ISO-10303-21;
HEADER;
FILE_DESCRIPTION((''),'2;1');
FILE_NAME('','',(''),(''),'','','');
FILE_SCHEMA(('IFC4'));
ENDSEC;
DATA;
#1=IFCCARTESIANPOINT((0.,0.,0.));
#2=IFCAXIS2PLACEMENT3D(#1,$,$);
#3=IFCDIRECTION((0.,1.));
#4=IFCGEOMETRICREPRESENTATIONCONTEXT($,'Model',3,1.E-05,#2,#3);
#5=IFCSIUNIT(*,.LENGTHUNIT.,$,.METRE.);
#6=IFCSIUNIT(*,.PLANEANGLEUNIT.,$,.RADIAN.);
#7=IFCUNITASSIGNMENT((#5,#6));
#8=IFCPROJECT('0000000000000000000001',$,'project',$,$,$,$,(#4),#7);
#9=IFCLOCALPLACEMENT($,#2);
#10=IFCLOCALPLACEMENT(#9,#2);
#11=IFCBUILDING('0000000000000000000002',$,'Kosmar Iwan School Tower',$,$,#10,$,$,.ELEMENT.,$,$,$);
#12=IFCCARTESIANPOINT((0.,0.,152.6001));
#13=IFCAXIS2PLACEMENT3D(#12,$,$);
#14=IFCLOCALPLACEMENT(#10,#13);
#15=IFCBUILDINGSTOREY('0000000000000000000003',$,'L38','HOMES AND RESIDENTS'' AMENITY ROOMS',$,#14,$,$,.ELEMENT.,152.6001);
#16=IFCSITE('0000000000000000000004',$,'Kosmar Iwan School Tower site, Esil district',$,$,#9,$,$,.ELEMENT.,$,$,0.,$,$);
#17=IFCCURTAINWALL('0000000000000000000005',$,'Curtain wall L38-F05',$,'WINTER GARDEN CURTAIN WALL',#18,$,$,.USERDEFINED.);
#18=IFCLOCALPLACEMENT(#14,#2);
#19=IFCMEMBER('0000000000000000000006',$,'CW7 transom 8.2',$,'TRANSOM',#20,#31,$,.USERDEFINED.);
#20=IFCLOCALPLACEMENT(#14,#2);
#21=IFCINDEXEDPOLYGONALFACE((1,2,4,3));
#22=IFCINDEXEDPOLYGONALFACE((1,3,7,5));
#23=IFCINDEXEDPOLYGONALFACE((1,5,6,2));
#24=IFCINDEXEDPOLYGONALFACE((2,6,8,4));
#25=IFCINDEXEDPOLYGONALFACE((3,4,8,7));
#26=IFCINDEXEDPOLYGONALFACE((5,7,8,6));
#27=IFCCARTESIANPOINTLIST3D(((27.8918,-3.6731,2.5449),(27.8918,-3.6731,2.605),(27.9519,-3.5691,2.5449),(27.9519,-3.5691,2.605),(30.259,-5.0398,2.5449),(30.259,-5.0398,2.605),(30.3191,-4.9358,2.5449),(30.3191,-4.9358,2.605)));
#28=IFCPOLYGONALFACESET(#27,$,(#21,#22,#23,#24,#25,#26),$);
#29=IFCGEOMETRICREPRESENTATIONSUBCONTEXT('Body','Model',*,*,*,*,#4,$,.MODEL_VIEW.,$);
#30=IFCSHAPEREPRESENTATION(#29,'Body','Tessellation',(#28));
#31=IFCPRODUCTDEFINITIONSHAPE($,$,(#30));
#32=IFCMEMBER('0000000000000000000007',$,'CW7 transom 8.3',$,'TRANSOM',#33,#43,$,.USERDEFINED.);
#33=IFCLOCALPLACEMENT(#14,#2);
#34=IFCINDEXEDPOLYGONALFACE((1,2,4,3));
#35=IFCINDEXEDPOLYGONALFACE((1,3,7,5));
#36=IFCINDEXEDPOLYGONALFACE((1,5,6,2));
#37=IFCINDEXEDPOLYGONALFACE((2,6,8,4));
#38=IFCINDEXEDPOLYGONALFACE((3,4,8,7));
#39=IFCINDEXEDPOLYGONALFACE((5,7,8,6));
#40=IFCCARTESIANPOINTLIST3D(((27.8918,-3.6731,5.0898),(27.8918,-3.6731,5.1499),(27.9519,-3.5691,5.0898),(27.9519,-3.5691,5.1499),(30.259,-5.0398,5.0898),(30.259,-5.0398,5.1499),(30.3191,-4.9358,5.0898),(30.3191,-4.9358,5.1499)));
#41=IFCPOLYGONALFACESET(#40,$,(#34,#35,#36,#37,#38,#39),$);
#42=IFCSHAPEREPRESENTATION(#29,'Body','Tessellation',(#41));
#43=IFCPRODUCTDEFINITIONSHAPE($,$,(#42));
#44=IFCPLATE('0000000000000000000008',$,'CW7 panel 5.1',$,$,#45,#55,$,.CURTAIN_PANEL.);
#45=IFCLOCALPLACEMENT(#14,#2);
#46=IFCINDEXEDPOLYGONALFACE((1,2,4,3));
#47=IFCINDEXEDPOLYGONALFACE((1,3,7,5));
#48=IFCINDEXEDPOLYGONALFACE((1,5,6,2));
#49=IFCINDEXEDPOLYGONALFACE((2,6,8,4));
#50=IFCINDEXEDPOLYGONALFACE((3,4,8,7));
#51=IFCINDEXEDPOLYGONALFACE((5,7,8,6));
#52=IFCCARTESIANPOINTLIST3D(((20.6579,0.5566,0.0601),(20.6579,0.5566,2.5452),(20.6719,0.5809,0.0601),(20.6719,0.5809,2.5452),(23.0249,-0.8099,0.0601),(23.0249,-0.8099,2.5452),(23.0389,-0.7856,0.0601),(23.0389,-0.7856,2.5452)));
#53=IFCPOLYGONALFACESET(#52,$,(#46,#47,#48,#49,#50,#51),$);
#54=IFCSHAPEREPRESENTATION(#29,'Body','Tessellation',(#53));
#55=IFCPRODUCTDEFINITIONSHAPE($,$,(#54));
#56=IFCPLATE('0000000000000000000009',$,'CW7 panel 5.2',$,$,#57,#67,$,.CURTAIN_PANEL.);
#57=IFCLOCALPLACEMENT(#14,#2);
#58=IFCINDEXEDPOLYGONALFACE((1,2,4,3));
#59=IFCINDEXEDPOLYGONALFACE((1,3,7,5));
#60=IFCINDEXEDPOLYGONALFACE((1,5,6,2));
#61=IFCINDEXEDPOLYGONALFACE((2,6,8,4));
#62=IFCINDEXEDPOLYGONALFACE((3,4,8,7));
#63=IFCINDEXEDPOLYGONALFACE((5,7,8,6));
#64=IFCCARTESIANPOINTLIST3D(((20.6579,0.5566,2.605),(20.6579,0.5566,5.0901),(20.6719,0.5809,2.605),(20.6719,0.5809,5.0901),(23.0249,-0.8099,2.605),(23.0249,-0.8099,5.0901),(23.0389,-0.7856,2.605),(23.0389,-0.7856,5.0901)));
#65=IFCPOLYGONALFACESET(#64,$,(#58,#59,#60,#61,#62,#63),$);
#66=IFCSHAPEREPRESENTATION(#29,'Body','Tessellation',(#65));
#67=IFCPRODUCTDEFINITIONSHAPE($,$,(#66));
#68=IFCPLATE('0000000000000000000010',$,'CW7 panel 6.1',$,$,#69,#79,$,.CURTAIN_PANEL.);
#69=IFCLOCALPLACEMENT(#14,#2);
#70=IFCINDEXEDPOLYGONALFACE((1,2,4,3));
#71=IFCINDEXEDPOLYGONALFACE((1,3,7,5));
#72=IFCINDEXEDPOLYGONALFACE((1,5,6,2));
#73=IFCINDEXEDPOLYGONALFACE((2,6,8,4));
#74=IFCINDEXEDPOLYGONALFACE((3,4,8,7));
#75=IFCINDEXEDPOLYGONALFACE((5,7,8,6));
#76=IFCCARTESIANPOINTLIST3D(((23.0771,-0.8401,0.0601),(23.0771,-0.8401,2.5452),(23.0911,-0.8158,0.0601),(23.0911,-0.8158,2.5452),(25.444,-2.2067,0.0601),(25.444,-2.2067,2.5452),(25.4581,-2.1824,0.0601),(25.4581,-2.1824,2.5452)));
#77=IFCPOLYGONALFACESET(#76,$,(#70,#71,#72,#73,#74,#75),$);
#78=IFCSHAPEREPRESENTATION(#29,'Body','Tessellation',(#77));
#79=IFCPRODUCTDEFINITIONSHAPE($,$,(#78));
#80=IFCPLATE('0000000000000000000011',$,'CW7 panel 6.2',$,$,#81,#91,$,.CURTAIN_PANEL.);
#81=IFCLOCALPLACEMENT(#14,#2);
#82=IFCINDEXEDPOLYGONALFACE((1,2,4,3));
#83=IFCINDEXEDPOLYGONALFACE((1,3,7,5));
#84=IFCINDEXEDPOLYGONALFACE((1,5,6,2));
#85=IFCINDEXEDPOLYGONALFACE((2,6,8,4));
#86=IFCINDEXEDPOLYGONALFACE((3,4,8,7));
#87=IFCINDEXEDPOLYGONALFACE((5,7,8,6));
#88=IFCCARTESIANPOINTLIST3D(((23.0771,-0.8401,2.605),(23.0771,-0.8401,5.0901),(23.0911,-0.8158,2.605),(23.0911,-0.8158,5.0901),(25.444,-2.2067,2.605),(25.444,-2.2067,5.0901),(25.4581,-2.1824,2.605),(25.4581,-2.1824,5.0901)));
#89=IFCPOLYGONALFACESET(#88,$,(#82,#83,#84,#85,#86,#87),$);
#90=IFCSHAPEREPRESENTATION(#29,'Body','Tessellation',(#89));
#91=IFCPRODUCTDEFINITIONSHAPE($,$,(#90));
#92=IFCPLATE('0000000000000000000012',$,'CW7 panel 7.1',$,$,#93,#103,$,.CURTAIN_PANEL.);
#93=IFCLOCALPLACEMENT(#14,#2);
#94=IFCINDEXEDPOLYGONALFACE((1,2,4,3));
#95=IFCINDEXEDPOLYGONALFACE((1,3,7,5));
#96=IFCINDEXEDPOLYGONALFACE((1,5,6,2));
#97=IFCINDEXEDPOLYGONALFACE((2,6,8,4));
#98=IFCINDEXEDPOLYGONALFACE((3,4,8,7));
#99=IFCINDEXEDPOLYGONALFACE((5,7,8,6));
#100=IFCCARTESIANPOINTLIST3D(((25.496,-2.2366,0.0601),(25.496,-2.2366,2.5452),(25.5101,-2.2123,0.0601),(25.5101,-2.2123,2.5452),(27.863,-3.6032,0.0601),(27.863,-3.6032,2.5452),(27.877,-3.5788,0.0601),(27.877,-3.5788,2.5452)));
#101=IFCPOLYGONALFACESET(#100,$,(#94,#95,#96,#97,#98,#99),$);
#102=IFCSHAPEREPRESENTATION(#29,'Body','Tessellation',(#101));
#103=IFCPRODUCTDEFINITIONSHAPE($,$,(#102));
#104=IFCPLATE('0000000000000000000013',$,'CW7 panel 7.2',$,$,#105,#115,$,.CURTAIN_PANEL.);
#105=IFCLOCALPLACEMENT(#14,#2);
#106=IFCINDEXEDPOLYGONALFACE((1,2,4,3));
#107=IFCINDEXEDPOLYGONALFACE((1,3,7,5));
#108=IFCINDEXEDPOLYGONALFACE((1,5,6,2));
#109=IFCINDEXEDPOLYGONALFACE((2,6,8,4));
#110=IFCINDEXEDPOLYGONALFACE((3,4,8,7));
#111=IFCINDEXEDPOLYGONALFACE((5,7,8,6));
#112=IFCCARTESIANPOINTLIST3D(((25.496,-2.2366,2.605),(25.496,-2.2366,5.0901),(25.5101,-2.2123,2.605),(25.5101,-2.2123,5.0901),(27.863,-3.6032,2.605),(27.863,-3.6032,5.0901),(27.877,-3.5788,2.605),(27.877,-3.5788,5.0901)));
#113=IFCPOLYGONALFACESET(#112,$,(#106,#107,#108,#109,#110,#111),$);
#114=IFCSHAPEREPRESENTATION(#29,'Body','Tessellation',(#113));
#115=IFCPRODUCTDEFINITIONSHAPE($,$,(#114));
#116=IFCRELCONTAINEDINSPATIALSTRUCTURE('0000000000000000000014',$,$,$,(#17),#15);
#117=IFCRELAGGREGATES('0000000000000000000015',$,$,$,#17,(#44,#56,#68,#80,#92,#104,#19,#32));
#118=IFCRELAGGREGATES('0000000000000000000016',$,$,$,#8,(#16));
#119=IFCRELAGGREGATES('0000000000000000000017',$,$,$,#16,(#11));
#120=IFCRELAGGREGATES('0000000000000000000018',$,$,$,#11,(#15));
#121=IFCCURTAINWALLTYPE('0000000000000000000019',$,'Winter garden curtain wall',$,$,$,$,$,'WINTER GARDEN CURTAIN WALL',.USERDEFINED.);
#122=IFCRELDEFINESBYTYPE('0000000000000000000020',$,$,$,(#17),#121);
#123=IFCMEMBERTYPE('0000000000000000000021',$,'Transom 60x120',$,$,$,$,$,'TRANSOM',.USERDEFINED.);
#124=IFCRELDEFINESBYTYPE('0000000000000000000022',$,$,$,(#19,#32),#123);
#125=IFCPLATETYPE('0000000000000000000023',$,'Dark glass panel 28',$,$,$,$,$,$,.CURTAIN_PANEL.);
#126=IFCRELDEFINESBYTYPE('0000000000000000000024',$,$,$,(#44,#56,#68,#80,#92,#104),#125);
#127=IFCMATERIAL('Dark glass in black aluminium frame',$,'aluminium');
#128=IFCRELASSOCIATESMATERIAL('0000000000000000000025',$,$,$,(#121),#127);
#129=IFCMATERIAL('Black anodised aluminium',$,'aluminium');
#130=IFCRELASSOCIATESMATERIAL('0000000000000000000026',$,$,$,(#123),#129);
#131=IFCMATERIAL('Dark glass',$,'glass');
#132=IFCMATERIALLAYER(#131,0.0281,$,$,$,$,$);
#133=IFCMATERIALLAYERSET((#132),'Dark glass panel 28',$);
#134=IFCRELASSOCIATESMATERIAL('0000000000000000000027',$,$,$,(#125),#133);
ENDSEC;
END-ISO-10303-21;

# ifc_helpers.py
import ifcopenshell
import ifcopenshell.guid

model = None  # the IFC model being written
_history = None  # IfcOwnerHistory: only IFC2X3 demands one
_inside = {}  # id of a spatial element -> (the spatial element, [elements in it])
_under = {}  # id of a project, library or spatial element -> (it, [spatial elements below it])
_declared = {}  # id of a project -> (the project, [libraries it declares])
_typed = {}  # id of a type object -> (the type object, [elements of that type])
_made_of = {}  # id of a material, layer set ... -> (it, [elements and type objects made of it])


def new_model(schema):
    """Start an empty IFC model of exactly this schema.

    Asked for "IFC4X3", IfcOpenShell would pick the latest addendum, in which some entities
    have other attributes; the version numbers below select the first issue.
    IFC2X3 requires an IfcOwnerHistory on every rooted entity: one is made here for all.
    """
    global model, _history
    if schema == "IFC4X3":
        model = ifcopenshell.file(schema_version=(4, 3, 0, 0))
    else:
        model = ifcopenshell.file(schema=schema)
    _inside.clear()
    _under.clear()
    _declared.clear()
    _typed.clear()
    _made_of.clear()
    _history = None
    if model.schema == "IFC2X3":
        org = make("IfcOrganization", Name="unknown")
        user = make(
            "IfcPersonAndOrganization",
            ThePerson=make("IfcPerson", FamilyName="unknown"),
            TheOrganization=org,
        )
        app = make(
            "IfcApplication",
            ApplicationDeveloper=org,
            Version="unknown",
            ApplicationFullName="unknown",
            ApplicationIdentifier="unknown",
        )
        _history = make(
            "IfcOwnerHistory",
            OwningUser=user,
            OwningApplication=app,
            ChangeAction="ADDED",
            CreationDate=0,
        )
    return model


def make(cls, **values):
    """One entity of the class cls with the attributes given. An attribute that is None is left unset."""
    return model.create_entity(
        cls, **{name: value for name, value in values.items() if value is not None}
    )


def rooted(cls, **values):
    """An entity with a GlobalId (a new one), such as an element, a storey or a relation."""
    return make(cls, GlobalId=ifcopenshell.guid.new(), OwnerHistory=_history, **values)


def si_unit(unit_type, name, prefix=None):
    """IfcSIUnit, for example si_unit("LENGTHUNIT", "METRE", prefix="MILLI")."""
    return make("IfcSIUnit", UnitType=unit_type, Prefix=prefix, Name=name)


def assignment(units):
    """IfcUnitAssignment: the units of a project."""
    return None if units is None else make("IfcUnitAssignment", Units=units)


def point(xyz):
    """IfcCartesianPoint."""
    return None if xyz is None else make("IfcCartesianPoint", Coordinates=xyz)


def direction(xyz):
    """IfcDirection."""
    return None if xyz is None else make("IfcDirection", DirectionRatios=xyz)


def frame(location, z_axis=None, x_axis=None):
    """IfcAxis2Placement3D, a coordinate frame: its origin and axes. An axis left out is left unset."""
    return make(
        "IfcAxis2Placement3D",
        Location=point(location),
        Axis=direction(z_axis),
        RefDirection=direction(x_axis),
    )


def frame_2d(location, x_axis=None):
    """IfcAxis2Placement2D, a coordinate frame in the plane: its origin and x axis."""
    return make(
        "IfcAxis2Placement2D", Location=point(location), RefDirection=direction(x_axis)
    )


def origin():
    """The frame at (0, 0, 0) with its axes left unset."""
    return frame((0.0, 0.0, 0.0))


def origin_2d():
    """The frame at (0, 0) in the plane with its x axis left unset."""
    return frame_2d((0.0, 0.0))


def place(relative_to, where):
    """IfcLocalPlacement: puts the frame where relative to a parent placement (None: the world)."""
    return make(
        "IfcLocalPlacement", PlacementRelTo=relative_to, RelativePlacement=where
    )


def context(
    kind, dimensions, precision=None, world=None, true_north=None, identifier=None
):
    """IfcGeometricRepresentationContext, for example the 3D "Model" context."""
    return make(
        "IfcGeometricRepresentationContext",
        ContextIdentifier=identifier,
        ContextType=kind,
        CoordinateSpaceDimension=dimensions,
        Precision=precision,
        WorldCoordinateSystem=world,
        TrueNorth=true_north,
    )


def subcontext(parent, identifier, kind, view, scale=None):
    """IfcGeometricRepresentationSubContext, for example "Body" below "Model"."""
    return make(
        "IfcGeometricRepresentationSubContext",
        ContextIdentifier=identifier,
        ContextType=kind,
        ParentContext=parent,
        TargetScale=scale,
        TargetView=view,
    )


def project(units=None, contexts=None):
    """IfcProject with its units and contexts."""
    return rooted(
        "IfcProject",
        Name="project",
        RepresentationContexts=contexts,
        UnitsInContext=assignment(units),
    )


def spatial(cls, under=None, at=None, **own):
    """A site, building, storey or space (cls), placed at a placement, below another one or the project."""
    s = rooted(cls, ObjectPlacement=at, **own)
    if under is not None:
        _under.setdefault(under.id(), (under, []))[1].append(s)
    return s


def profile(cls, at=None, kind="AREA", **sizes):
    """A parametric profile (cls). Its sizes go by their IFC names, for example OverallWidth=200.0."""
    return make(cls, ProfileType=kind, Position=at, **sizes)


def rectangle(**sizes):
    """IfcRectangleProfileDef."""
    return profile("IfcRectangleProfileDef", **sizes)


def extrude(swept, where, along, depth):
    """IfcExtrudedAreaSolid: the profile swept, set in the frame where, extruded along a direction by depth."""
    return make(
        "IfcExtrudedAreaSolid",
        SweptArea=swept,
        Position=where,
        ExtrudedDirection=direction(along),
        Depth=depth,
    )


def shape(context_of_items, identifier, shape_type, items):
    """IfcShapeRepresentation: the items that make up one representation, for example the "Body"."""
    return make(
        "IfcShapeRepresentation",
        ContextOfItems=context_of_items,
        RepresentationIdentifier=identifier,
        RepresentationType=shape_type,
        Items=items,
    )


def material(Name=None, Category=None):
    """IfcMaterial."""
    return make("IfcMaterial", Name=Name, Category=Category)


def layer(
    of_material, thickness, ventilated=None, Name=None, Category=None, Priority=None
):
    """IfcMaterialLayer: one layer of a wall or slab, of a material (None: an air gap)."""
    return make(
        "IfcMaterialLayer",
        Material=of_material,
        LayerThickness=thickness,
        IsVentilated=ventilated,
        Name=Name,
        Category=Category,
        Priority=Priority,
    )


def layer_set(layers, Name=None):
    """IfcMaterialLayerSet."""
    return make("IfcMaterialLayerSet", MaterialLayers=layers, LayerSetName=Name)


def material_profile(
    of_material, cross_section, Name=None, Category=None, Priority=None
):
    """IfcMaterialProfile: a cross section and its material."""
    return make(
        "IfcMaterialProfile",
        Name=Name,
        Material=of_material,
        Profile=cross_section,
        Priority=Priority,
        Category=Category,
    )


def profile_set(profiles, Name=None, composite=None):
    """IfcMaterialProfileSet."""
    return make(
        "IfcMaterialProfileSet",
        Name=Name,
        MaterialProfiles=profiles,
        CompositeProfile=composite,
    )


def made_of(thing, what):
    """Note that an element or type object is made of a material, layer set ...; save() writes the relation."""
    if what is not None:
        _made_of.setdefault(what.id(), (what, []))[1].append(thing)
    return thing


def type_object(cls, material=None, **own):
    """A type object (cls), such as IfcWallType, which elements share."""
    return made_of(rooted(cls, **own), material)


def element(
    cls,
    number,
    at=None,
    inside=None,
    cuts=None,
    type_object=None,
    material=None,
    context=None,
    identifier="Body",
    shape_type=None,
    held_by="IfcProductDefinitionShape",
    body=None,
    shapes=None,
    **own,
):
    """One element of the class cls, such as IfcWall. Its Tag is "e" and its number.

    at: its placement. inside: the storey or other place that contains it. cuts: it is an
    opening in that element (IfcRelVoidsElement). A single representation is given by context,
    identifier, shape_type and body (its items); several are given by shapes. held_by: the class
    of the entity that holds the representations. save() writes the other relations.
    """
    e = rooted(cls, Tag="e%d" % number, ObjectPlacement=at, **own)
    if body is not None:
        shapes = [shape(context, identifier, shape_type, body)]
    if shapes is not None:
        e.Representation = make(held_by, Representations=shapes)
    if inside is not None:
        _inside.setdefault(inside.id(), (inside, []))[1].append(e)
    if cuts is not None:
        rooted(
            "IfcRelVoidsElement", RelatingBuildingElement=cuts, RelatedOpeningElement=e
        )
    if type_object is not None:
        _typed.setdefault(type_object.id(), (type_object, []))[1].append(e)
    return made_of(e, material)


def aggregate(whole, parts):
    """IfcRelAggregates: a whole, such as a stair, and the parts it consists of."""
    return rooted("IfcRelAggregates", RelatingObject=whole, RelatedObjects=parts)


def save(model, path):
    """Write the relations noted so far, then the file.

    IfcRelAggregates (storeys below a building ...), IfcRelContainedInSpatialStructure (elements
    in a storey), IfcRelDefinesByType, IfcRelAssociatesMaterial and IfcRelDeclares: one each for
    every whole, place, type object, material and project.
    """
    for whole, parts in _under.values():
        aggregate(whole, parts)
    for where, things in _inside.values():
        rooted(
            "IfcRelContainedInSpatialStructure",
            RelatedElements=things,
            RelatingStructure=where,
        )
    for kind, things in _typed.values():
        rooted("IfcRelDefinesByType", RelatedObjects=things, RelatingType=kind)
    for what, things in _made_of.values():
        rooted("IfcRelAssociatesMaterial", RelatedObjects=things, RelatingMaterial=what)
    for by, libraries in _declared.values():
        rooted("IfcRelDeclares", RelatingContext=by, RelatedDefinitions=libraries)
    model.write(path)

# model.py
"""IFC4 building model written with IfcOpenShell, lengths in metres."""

from ifc_helpers import new_model, si_unit, direction, frame, origin, origin_2d, place, context, subcontext, project, spatial, rectangle, extrude, material, layer, layer_set, material_profile, profile_set, type_object, element, aggregate, save


model = new_model("IFC4")

# Units and contexts
model_context = context("Model", 3, precision=1e-05, world=origin(), true_north=direction((0.0, 1.0)))
body_context = subcontext(model_context, "Body", "Model", "MODEL_VIEW")
ifc_project = project(units=[si_unit("LENGTHUNIT", "METRE"), si_unit("PLANEANGLEUNIT", "RADIAN")], contexts=[model_context])

# Site, building, storey
site_placement = place(None, origin())
site = spatial("IfcSite", under=ifc_project, at=site_placement, Name="Kosmar Iwan School Tower site, Esil district", CompositionType="ELEMENT", RefElevation=0.0)
building_placement = place(site_placement, origin())
building = spatial("IfcBuilding", under=site, at=building_placement, Name="Kosmar Iwan School Tower", CompositionType="ELEMENT")
storey_placement = place(building_placement, frame((0.0, 0.0, 152.6001)))
storey = spatial("IfcBuildingStorey", under=building, at=storey_placement, Name="L38", Description="HOMES AND RESIDENTS' AMENITY ROOMS", CompositionType="ELEMENT", Elevation=152.6001)

# Curtain wall
ifc_material_1 = material(Name="Dark glass in black aluminium frame", Category="aluminium")
curtain_wall_type = type_object("IfcCurtainWallType", Name="Winter garden curtain wall", ElementType="WINTER GARDEN CURTAIN WALL", PredefinedType="USERDEFINED", material=ifc_material_1)
curtain_wall_placement = place(storey_placement, origin())
curtain_wall = element("IfcCurtainWall", 1, at=curtain_wall_placement, inside=storey, type_object=curtain_wall_type, Name="Curtain wall L38-F05", ObjectType="WINTER GARDEN CURTAIN WALL", PredefinedType="USERDEFINED")

# Members
ifc_material_2 = material(Name="Black anodised aluminium", Category="aluminium")
ifc_material_profile_1 = material_profile(ifc_material_2, rectangle(XDim=0.1201, YDim=0.0601, at=origin_2d()), Name="TRANSOM 60x120")
ifc_profile_set_1 = profile_set([ifc_material_profile_1], Name="Black anodised aluminium")
member_type_1 = type_object("IfcMemberType", Name="Transom 60x120", ElementType="TRANSOM", PredefinedType="USERDEFINED", material=ifc_profile_set_1)
member_1_placement = place(storey_placement, frame((27.9219, -3.6211, 2.575), z_axis=(0.866025, -0.500001, 0.0), x_axis=(0.500001, 0.866025, 0.0)))
member_1 = element("IfcMember", 2, at=member_1_placement, type_object=member_type_1, Name="CW7 transom 8.2", ObjectType="TRANSOM", PredefinedType="USERDEFINED", context=body_context, shape_type="SweptSolid", body=[
    extrude(rectangle(XDim=0.1201, YDim=0.0601, at=origin_2d()), origin(), (0.0, 0.0, 1.0), 2.7334),
])
member_2_placement = place(storey_placement, frame((27.9219, -3.6211, 5.1199), z_axis=(0.866025, -0.500001, 0.0), x_axis=(0.500001, 0.866025, 0.0)))
member_2 = element("IfcMember", 3, at=member_2_placement, type_object=member_type_1, Name="CW7 transom 8.3", ObjectType="TRANSOM", PredefinedType="USERDEFINED", context=body_context, shape_type="SweptSolid", body=[
    extrude(rectangle(XDim=0.1201, YDim=0.0601, at=origin_2d()), origin(), (0.0, 0.0, 1.0), 2.7334),
])

# Plates
ifc_material_3 = material(Name="Dark glass", Category="glass")
ifc_layer = layer(ifc_material_3, 0.0281)
ifc_layer_set = layer_set([ifc_layer], Name="Dark glass panel 28")
plate_type = type_object("IfcPlateType", Name="Dark glass panel 28", PredefinedType="CURTAIN_PANEL", material=ifc_layer_set)
plate_1_placement = place(storey_placement, frame((21.8484, -0.1145, 0.0601), z_axis=(0.0, 0.0, 1.0), x_axis=(0.866025, -0.5, 0.0)))
plate_1 = element("IfcPlate", 4, at=plate_1_placement, type_object=plate_type, Name="CW7 panel 5.1", PredefinedType="CURTAIN_PANEL", context=body_context, shape_type="SweptSolid", body=[
    extrude(rectangle(XDim=2.7332, YDim=0.0281, at=origin_2d()), origin(), (0.0, 0.0, 1.0), 2.4851),
])
plate_2_placement = place(storey_placement, frame((21.8484, -0.1145, 2.605), z_axis=(0.0, 0.0, 1.0), x_axis=(0.866025, -0.5, 0.0)))
plate_2 = element("IfcPlate", 5, at=plate_2_placement, type_object=plate_type, Name="CW7 panel 5.2", PredefinedType="CURTAIN_PANEL", context=body_context, shape_type="SweptSolid", body=[
    extrude(rectangle(XDim=2.7332, YDim=0.0281, at=origin_2d()), origin(), (0.0, 0.0, 1.0), 2.4851),
])
plate_3_placement = place(storey_placement, frame((24.2676, -1.5112, 0.0601), z_axis=(0.0, 0.0, 1.0), x_axis=(0.866025, -0.5, 0.0)))
plate_3 = element("IfcPlate", 6, at=plate_3_placement, type_object=plate_type, Name="CW7 panel 6.1", PredefinedType="CURTAIN_PANEL", context=body_context, shape_type="SweptSolid", body=[
    extrude(rectangle(XDim=2.7332, YDim=0.0281, at=origin_2d()), origin(), (0.0, 0.0, 1.0), 2.4851),
])
plate_4_placement = place(storey_placement, frame((24.2676, -1.5112, 2.605), z_axis=(0.0, 0.0, 1.0), x_axis=(0.866025, -0.5, 0.0)))
plate_4 = element("IfcPlate", 7, at=plate_4_placement, type_object=plate_type, Name="CW7 panel 6.2", PredefinedType="CURTAIN_PANEL", context=body_context, shape_type="SweptSolid", body=[
    extrude(rectangle(XDim=2.7332, YDim=0.0281, at=origin_2d()), origin(), (0.0, 0.0, 1.0), 2.4851),
])
plate_5_placement = place(storey_placement, frame((26.6865, -2.9077, 0.0601), z_axis=(0.0, 0.0, 1.0), x_axis=(0.866025, -0.5, 0.0)))
plate_5 = element("IfcPlate", 8, at=plate_5_placement, type_object=plate_type, Name="CW7 panel 7.1", PredefinedType="CURTAIN_PANEL", context=body_context, shape_type="SweptSolid", body=[
    extrude(rectangle(XDim=2.7332, YDim=0.0281, at=origin_2d()), origin(), (0.0, 0.0, 1.0), 2.4851),
])
plate_6_placement = place(storey_placement, frame((26.6865, -2.9077, 2.605), z_axis=(0.0, 0.0, 1.0), x_axis=(0.866025, -0.5, 0.0)))
plate_6 = element("IfcPlate", 9, at=plate_6_placement, type_object=plate_type, Name="CW7 panel 7.2", PredefinedType="CURTAIN_PANEL", context=body_context, shape_type="SweptSolid", body=[
    extrude(rectangle(XDim=2.7332, YDim=0.0281, at=origin_2d()), origin(), (0.0, 0.0, 1.0), 2.4851),
])
aggregate(curtain_wall, [plate_1, plate_2, plate_3, plate_4, plate_5, plate_6, member_1, member_2])

save(model, "model.ifc")
